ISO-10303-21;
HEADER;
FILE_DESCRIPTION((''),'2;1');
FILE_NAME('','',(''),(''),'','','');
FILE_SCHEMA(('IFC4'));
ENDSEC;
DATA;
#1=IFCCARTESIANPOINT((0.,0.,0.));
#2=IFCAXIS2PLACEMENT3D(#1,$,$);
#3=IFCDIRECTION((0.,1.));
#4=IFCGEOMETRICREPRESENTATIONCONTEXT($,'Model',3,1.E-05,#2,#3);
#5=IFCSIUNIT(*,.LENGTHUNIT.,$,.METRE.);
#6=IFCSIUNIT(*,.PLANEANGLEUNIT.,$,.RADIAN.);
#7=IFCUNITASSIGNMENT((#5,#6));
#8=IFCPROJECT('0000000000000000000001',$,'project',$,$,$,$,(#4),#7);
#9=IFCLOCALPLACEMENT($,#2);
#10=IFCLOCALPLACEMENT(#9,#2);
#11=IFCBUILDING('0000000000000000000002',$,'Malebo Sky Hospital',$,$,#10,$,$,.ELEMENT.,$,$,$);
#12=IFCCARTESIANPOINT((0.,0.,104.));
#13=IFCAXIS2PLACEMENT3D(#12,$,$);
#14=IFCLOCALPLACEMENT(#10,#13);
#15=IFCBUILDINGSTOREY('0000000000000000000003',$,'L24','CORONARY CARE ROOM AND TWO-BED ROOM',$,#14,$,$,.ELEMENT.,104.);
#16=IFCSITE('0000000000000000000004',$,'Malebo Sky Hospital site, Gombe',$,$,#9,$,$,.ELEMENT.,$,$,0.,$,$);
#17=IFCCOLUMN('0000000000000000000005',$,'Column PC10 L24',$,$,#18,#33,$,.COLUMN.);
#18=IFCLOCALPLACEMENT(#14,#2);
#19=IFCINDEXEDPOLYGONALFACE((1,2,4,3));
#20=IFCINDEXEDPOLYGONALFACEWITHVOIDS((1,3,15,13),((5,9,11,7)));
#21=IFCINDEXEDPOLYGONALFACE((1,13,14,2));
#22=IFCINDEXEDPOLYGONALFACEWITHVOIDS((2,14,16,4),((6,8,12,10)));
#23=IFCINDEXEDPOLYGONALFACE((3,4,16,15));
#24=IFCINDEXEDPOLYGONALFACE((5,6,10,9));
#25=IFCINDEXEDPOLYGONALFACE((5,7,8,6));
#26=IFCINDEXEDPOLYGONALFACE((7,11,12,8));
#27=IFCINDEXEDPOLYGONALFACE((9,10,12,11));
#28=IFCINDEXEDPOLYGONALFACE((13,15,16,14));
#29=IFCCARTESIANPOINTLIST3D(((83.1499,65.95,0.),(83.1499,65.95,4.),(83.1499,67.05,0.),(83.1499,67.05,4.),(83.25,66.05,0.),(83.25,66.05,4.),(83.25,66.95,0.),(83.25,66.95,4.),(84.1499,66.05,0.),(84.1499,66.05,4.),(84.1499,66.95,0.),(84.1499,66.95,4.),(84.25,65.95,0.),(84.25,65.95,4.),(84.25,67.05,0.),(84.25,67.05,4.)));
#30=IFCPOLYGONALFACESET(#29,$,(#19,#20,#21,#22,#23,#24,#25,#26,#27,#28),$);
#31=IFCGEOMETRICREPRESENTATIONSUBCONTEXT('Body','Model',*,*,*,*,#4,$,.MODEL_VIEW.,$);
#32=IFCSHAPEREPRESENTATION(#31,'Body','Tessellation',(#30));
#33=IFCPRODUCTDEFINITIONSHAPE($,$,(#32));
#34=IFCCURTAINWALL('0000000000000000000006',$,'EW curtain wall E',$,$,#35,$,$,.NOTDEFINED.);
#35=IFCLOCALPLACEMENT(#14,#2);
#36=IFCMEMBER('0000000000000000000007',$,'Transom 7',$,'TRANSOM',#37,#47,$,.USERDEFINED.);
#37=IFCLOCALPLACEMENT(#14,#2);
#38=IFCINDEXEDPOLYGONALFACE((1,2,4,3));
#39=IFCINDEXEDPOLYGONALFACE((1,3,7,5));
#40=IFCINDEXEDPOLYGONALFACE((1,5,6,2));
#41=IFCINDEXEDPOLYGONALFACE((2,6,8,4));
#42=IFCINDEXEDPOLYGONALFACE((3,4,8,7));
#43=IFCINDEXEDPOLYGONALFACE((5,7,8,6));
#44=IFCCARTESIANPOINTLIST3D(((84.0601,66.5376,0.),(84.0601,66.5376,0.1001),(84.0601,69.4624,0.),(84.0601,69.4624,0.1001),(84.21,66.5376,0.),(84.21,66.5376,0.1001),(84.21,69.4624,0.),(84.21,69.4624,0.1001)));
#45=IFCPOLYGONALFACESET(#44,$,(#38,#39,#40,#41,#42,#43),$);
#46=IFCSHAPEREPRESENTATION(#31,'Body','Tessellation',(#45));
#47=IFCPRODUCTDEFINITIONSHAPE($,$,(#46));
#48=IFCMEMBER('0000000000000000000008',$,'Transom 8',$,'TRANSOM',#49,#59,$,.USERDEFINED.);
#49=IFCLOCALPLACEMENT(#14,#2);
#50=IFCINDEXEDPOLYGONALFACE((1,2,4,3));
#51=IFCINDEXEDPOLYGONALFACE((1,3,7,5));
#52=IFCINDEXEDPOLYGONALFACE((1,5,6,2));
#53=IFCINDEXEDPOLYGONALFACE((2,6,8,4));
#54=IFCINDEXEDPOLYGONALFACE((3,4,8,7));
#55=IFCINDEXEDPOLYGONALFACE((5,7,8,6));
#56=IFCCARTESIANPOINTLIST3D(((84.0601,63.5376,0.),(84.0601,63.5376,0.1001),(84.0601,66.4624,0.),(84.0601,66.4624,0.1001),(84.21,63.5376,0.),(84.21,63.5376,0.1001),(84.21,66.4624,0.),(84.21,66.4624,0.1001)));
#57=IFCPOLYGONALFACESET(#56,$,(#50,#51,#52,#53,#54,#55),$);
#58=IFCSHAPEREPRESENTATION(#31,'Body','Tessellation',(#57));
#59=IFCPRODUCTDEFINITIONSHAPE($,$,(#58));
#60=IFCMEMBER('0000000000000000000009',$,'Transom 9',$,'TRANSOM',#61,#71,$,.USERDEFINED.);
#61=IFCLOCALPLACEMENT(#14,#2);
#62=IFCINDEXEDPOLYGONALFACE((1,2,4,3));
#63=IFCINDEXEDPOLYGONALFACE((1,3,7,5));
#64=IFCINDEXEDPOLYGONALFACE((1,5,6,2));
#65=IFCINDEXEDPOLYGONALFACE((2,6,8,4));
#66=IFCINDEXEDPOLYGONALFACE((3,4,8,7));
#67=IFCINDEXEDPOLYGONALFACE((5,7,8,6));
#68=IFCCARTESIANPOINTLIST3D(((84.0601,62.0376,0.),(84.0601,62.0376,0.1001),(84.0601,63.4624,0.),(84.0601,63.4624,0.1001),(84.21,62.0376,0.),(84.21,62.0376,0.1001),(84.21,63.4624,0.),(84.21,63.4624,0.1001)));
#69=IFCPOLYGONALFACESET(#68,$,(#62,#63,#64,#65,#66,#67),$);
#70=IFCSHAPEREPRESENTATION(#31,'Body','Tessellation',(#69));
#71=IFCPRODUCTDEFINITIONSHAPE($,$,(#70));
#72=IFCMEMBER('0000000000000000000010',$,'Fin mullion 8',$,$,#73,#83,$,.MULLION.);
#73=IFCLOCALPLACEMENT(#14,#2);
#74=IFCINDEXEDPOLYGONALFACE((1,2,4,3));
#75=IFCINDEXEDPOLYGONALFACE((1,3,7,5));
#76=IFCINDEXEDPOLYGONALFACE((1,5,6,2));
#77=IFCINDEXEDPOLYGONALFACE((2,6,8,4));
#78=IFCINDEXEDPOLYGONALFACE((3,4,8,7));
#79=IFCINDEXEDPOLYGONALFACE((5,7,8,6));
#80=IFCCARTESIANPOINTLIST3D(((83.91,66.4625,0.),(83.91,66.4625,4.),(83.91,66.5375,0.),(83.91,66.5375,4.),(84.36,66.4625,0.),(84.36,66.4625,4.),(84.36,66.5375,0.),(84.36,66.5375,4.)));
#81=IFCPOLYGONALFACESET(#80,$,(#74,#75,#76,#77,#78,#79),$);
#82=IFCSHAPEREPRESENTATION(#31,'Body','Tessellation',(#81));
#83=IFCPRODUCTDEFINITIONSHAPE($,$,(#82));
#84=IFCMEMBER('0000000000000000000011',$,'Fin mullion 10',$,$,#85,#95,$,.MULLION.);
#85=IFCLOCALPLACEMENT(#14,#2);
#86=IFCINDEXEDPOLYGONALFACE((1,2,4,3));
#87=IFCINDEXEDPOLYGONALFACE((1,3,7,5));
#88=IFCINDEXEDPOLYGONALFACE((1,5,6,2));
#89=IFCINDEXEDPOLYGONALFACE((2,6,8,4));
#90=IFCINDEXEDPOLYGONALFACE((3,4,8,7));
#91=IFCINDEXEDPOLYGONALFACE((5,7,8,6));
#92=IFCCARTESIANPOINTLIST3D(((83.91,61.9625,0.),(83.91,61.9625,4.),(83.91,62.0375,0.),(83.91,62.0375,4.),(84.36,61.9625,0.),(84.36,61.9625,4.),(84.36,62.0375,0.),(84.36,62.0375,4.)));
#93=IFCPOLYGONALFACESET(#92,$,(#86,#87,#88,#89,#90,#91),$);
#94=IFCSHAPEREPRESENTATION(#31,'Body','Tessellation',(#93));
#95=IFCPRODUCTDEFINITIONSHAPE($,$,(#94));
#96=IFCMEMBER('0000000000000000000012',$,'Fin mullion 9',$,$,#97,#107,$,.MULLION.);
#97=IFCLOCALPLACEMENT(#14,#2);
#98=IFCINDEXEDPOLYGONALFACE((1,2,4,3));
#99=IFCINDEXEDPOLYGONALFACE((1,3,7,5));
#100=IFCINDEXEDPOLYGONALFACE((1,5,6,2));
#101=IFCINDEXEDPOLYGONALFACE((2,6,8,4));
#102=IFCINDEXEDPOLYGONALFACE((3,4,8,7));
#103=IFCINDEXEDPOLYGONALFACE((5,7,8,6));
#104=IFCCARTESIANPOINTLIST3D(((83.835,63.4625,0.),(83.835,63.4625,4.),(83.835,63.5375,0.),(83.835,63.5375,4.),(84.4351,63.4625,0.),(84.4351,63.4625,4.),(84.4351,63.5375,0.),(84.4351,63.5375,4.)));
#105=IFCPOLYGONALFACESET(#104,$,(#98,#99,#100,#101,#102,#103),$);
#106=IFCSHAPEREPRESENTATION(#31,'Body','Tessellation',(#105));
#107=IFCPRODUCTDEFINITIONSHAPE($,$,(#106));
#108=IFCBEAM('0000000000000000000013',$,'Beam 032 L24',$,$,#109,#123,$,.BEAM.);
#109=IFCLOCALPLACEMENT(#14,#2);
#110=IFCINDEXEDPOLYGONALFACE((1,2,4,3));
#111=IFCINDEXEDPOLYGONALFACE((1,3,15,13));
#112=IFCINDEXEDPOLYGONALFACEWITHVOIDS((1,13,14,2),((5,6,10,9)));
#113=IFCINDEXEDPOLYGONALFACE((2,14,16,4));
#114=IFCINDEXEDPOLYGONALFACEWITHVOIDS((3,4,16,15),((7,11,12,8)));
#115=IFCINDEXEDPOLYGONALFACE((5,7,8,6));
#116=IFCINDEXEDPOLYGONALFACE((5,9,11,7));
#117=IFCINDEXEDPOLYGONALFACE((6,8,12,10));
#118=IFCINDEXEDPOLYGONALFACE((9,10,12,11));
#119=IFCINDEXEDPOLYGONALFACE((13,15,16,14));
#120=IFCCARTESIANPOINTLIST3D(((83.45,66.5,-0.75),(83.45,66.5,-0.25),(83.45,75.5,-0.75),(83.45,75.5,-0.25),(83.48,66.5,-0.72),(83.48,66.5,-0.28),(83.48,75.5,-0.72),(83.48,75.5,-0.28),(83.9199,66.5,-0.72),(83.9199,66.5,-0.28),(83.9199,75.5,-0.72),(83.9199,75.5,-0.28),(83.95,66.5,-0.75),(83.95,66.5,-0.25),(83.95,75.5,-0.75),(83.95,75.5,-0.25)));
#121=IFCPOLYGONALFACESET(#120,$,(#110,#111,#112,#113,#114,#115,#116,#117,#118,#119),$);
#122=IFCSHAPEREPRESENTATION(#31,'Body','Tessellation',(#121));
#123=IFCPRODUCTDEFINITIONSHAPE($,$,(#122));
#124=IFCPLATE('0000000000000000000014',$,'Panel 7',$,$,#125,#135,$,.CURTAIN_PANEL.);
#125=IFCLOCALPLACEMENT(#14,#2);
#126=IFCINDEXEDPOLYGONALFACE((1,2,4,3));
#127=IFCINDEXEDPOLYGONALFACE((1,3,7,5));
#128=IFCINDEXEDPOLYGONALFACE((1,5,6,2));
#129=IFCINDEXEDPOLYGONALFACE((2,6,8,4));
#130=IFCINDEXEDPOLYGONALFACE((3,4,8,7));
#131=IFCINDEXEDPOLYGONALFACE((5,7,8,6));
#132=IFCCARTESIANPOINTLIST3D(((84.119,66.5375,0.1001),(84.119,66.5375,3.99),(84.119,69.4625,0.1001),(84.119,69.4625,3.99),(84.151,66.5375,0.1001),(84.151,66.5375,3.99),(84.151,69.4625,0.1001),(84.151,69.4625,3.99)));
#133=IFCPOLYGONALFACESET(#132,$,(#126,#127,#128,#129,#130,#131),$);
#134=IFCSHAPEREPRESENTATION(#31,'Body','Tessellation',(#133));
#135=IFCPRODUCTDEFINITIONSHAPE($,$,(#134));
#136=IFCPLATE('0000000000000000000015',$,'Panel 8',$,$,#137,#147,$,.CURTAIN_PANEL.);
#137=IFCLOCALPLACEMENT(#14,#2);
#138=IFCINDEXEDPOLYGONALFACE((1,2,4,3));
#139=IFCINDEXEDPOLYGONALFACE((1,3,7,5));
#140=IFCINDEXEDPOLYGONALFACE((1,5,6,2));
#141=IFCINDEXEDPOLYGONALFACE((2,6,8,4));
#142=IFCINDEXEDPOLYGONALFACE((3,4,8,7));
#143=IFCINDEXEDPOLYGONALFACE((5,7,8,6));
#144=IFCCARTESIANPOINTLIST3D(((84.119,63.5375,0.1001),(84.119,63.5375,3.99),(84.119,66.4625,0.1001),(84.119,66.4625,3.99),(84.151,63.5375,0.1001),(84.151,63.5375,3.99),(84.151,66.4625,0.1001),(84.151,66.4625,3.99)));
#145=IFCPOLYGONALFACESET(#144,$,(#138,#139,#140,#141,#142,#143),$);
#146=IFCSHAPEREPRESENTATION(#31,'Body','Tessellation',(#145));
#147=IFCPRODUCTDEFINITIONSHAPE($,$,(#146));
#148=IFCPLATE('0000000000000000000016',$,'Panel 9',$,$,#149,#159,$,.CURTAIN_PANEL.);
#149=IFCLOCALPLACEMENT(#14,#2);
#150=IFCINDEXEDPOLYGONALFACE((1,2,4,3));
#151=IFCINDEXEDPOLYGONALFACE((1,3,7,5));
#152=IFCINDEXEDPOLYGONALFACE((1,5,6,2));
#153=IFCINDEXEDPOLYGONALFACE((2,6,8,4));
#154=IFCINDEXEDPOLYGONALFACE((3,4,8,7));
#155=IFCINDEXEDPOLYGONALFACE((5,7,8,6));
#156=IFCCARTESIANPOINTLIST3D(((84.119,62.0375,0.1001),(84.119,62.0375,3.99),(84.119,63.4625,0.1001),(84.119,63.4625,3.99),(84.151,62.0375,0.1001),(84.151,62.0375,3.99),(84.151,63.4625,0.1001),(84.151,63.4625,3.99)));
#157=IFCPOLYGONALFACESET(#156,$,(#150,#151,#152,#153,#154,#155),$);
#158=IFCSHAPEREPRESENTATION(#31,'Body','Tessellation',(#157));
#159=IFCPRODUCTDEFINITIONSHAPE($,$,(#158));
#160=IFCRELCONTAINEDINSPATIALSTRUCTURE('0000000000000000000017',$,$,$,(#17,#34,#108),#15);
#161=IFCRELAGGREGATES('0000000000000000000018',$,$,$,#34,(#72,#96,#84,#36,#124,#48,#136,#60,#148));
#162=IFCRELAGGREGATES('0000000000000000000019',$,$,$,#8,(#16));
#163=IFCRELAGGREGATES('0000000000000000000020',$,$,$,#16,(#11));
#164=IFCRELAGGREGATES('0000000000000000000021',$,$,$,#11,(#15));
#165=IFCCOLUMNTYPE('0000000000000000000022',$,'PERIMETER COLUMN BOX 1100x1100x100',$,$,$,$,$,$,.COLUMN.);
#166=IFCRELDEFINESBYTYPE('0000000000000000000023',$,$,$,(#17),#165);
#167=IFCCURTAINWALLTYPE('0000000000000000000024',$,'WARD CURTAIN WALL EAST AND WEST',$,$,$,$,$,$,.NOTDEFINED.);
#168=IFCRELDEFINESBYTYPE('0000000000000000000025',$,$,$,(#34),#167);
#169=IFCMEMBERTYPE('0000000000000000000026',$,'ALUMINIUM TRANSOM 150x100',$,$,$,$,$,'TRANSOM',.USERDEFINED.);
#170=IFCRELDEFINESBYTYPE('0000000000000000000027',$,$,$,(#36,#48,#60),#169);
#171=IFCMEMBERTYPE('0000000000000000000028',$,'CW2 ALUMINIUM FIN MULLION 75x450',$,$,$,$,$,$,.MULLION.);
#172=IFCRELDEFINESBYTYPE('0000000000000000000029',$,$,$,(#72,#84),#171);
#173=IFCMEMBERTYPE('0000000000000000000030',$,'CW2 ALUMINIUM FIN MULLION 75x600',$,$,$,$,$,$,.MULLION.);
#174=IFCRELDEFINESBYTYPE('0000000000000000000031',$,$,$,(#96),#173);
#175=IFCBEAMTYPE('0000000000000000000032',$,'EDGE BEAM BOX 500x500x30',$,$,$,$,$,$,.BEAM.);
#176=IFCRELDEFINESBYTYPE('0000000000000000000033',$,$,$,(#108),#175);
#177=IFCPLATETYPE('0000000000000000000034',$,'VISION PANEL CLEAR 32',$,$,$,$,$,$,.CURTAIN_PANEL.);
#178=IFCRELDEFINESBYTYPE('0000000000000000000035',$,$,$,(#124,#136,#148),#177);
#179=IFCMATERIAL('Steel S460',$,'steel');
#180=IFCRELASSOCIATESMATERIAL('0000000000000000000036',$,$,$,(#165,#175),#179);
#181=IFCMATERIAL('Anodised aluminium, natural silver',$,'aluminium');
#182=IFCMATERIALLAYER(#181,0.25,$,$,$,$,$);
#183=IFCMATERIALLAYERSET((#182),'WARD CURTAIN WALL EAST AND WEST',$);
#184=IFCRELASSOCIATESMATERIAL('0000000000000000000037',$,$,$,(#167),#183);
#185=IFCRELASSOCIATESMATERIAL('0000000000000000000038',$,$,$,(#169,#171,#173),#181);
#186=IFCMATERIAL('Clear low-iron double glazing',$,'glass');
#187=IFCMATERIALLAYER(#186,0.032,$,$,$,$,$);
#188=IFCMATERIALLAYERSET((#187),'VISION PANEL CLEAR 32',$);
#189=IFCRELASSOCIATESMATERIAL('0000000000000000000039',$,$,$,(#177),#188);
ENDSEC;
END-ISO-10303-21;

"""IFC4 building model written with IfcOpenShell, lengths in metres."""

from ifc_helpers import new_model, si_unit, direction, frame, origin, origin_2d, place, context, subcontext, project, spatial, rectangle, hollow_rectangle, extrude, material, layer, layer_set, material_profile, profile_set, type_object, element, aggregate, save


model = new_model("IFC4")

# Units and contexts
model_context = context("Model", 3, precision=1e-05, world=origin(), true_north=direction((0.0, 1.0)))
body_context = subcontext(model_context, "Body", "Model", "MODEL_VIEW")
ifc_project = project(units=[si_unit("LENGTHUNIT", "METRE"), si_unit("PLANEANGLEUNIT", "RADIAN")], contexts=[model_context])

# Site, building, storey
site_placement = place(None, origin())
site = spatial("IfcSite", under=ifc_project, at=site_placement, Name="Malebo Sky Hospital site, Gombe", CompositionType="ELEMENT", RefElevation=0.0)
building_placement = place(site_placement, origin())
building = spatial("IfcBuilding", under=site, at=building_placement, Name="Malebo Sky Hospital", CompositionType="ELEMENT")
storey_placement = place(building_placement, frame((0.0, 0.0, 104.0)))
storey = spatial("IfcBuildingStorey", under=building, at=storey_placement, Name="L24", Description="CORONARY CARE ROOM AND TWO-BED ROOM", CompositionType="ELEMENT", Elevation=104.0)

# Column
ifc_material_1 = material(Name="Steel S460", Category="steel")
ifc_material_profile_1 = material_profile(ifc_material_1, hollow_rectangle(XDim=1.1001, YDim=1.1001, WallThickness=0.1001, at=origin_2d()), Name="BOX 1100x1100x100")
ifc_profile_set_1 = profile_set([ifc_material_profile_1], Name="Steel S460")
column_type = type_object("IfcColumnType", Name="PERIMETER COLUMN BOX 1100x1100x100", PredefinedType="COLUMN", material=ifc_profile_set_1)
column_placement = place(storey_placement, frame((83.7, 66.5, 0.0), z_axis=(0.0, 0.0, 1.0), x_axis=(1.0, 0.0, 0.0)))
element("IfcColumn", 1, at=column_placement, inside=storey, type_object=column_type, Name="Column PC10 L24", PredefinedType="COLUMN", context=body_context, shape_type="SweptSolid", body=[
    extrude(hollow_rectangle(XDim=1.1001, YDim=1.1001, WallThickness=0.1001, at=origin_2d()), origin(), (0.0, 0.0, 1.0), 4.0),
])

# Curtain wall, members
ifc_material_2 = material(Name="Anodised aluminium, natural silver", Category="aluminium")
ifc_layer_1 = layer(ifc_material_2, 0.25)
ifc_layer_set_1 = layer_set([ifc_layer_1], Name="WARD CURTAIN WALL EAST AND WEST")
curtain_wall_type = type_object("IfcCurtainWallType", Name="WARD CURTAIN WALL EAST AND WEST", PredefinedType="NOTDEFINED", material=ifc_layer_set_1)
curtain_wall_placement = place(storey_placement, origin())
curtain_wall = element("IfcCurtainWall", 2, at=curtain_wall_placement, inside=storey, type_object=curtain_wall_type, Name="EW curtain wall E", PredefinedType="NOTDEFINED")
ifc_material_profile_2 = material_profile(ifc_material_2, rectangle(XDim=0.1499, YDim=0.1001, at=origin_2d()), Name="ALUMINIUM TRANSOM 150x100")
ifc_profile_set_2 = profile_set([ifc_material_profile_2], Name="Anodised aluminium, natural silver")
member_type_1 = type_object("IfcMemberType", Name="ALUMINIUM TRANSOM 150x100", ElementType="TRANSOM", PredefinedType="USERDEFINED", material=ifc_profile_set_2)
member_1_placement = place(storey_placement, frame((84.135, 69.4624, 0.05), z_axis=(0.0, -1.0, 0.0), x_axis=(1.0, 0.0, 0.0)))
member_1 = element("IfcMember", 3, at=member_1_placement, type_object=member_type_1, Name="Transom 7", ObjectType="TRANSOM", PredefinedType="USERDEFINED", context=body_context, shape_type="SweptSolid", body=[
    extrude(rectangle(XDim=0.1499, YDim=0.1001, at=origin_2d()), origin(), (0.0, 0.0, 1.0), 2.9248),
])
member_2_placement = place(storey_placement, frame((84.135, 66.4624, 0.05), z_axis=(0.0, -1.0, 0.0), x_axis=(1.0, 0.0, 0.0)))
member_2 = element("IfcMember", 4, at=member_2_placement, type_object=member_type_1, Name="Transom 8", ObjectType="TRANSOM", PredefinedType="USERDEFINED", context=body_context, shape_type="SweptSolid", body=[
    extrude(rectangle(XDim=0.1499, YDim=0.1001, at=origin_2d()), origin(), (0.0, 0.0, 1.0), 2.9248),
])
member_3_placement = place(storey_placement, frame((84.135, 63.4624, 0.05), z_axis=(0.0, -1.0, 0.0), x_axis=(1.0, 0.0, 0.0)))
member_3 = element("IfcMember", 5, at=member_3_placement, type_object=member_type_1, Name="Transom 9", ObjectType="TRANSOM", PredefinedType="USERDEFINED", context=body_context, shape_type="SweptSolid", body=[
    extrude(rectangle(XDim=0.1499, YDim=0.1001, at=origin_2d()), origin(), (0.0, 0.0, 1.0), 1.4248),
])
ifc_material_profile_3 = material_profile(ifc_material_2, rectangle(XDim=0.075, YDim=0.45, at=origin_2d()), Name="CW2 ALUMINIUM FIN MULLION 75x450")
ifc_profile_set_3 = profile_set([ifc_material_profile_3], Name="Anodised aluminium, natural silver")
member_type_2 = type_object("IfcMemberType", Name="CW2 ALUMINIUM FIN MULLION 75x450", PredefinedType="MULLION", material=ifc_profile_set_3)
member_4_placement = place(storey_placement, frame((84.135, 66.5, 0.0), z_axis=(0.0, 0.0, 1.0), x_axis=(0.0, -1.0, 0.0)))
member_4 = element("IfcMember", 6, at=member_4_placement, type_object=member_type_2, Name="Fin mullion 8", PredefinedType="MULLION", context=body_context, shape_type="SweptSolid", body=[
    extrude(rectangle(XDim=0.075, YDim=0.45, at=origin_2d()), origin(), (0.0, 0.0, 1.0), 4.0),
])
member_5_placement = place(storey_placement, frame((84.135, 62.0, 0.0), z_axis=(0.0, 0.0, 1.0), x_axis=(0.0, -1.0, 0.0)))
member_5 = element("IfcMember", 7, at=member_5_placement, type_object=member_type_2, Name="Fin mullion 10", PredefinedType="MULLION", context=body_context, shape_type="SweptSolid", body=[
    extrude(rectangle(XDim=0.075, YDim=0.45, at=origin_2d()), origin(), (0.0, 0.0, 1.0), 4.0),
])
ifc_material_profile_4 = material_profile(ifc_material_2, rectangle(XDim=0.075, YDim=0.6001, at=origin_2d()), Name="CW2 ALUMINIUM FIN MULLION 75x600")
ifc_profile_set_4 = profile_set([ifc_material_profile_4], Name="Anodised aluminium, natural silver")
member_type_3 = type_object("IfcMemberType", Name="CW2 ALUMINIUM FIN MULLION 75x600", PredefinedType="MULLION", material=ifc_profile_set_4)
member_6_placement = place(storey_placement, frame((84.135, 63.5, 0.0), z_axis=(0.0, 0.0, 1.0), x_axis=(0.0, -1.0, 0.0)))
member_6 = element("IfcMember", 8, at=member_6_placement, type_object=member_type_3, Name="Fin mullion 9", PredefinedType="MULLION", context=body_context, shape_type="SweptSolid", body=[
    extrude(rectangle(XDim=0.075, YDim=0.6001, at=origin_2d()), origin(), (0.0, 0.0, 1.0), 4.0),
])

# Beam
ifc_material_profile_5 = material_profile(ifc_material_1, hollow_rectangle(XDim=0.5, YDim=0.5, WallThickness=0.03, at=origin_2d()), Name="BOX 500x500x30")
ifc_profile_set_5 = profile_set([ifc_material_profile_5], Name="Steel S460")
beam_type = type_object("IfcBeamType", Name="EDGE BEAM BOX 500x500x30", PredefinedType="BEAM", material=ifc_profile_set_5)
beam_placement = place(storey_placement, frame((83.7, 66.5, -0.5), z_axis=(0.0, 1.0, 0.0), x_axis=(-1.0, 0.0, 0.0)))
element("IfcBeam", 9, at=beam_placement, inside=storey, type_object=beam_type, Name="Beam 032 L24", PredefinedType="BEAM", context=body_context, shape_type="SweptSolid", body=[
    extrude(hollow_rectangle(XDim=0.5, YDim=0.5, WallThickness=0.03, at=origin_2d()), origin(), (0.0, 0.0, 1.0), 9.0),
])

# Plates
ifc_material_3 = material(Name="Clear low-iron double glazing", Category="glass")
ifc_layer_2 = layer(ifc_material_3, 0.032)
ifc_layer_set_2 = layer_set([ifc_layer_2], Name="VISION PANEL CLEAR 32")
plate_type = type_object("IfcPlateType", Name="VISION PANEL CLEAR 32", PredefinedType="CURTAIN_PANEL", material=ifc_layer_set_2)
plate_1_placement = place(storey_placement, frame((84.135, 68.0, 0.1001), z_axis=(0.0, 0.0, 1.0), x_axis=(0.0, -1.0, 0.0)))
plate_1 = element("IfcPlate", 10, at=plate_1_placement, type_object=plate_type, Name="Panel 7", PredefinedType="CURTAIN_PANEL", context=body_context, shape_type="SweptSolid", body=[
    extrude(rectangle(XDim=2.925, YDim=0.032, at=origin_2d()), origin(), (0.0, 0.0, 1.0), 3.8899),
])
plate_2_placement = place(storey_placement, frame((84.135, 65.0, 0.1001), z_axis=(0.0, 0.0, 1.0), x_axis=(0.0, -1.0, 0.0)))
plate_2 = element("IfcPlate", 11, at=plate_2_placement, type_object=plate_type, Name="Panel 8", PredefinedType="CURTAIN_PANEL", context=body_context, shape_type="SweptSolid", body=[
    extrude(rectangle(XDim=2.925, YDim=0.032, at=origin_2d()), origin(), (0.0, 0.0, 1.0), 3.8899),
])
plate_3_placement = place(storey_placement, frame((84.135, 62.75, 0.1001), z_axis=(0.0, 0.0, 1.0), x_axis=(0.0, -1.0, 0.0)))
plate_3 = element("IfcPlate", 12, at=plate_3_placement, type_object=plate_type, Name="Panel 9", PredefinedType="CURTAIN_PANEL", context=body_context, shape_type="SweptSolid", body=[
    extrude(rectangle(XDim=1.425, YDim=0.032, at=origin_2d()), origin(), (0.0, 0.0, 1.0), 3.8899),
])
aggregate(curtain_wall, [member_4, member_6, member_5, member_1, plate_1, member_2, plate_2, member_3, plate_3])

save(model, "model.ifc")
